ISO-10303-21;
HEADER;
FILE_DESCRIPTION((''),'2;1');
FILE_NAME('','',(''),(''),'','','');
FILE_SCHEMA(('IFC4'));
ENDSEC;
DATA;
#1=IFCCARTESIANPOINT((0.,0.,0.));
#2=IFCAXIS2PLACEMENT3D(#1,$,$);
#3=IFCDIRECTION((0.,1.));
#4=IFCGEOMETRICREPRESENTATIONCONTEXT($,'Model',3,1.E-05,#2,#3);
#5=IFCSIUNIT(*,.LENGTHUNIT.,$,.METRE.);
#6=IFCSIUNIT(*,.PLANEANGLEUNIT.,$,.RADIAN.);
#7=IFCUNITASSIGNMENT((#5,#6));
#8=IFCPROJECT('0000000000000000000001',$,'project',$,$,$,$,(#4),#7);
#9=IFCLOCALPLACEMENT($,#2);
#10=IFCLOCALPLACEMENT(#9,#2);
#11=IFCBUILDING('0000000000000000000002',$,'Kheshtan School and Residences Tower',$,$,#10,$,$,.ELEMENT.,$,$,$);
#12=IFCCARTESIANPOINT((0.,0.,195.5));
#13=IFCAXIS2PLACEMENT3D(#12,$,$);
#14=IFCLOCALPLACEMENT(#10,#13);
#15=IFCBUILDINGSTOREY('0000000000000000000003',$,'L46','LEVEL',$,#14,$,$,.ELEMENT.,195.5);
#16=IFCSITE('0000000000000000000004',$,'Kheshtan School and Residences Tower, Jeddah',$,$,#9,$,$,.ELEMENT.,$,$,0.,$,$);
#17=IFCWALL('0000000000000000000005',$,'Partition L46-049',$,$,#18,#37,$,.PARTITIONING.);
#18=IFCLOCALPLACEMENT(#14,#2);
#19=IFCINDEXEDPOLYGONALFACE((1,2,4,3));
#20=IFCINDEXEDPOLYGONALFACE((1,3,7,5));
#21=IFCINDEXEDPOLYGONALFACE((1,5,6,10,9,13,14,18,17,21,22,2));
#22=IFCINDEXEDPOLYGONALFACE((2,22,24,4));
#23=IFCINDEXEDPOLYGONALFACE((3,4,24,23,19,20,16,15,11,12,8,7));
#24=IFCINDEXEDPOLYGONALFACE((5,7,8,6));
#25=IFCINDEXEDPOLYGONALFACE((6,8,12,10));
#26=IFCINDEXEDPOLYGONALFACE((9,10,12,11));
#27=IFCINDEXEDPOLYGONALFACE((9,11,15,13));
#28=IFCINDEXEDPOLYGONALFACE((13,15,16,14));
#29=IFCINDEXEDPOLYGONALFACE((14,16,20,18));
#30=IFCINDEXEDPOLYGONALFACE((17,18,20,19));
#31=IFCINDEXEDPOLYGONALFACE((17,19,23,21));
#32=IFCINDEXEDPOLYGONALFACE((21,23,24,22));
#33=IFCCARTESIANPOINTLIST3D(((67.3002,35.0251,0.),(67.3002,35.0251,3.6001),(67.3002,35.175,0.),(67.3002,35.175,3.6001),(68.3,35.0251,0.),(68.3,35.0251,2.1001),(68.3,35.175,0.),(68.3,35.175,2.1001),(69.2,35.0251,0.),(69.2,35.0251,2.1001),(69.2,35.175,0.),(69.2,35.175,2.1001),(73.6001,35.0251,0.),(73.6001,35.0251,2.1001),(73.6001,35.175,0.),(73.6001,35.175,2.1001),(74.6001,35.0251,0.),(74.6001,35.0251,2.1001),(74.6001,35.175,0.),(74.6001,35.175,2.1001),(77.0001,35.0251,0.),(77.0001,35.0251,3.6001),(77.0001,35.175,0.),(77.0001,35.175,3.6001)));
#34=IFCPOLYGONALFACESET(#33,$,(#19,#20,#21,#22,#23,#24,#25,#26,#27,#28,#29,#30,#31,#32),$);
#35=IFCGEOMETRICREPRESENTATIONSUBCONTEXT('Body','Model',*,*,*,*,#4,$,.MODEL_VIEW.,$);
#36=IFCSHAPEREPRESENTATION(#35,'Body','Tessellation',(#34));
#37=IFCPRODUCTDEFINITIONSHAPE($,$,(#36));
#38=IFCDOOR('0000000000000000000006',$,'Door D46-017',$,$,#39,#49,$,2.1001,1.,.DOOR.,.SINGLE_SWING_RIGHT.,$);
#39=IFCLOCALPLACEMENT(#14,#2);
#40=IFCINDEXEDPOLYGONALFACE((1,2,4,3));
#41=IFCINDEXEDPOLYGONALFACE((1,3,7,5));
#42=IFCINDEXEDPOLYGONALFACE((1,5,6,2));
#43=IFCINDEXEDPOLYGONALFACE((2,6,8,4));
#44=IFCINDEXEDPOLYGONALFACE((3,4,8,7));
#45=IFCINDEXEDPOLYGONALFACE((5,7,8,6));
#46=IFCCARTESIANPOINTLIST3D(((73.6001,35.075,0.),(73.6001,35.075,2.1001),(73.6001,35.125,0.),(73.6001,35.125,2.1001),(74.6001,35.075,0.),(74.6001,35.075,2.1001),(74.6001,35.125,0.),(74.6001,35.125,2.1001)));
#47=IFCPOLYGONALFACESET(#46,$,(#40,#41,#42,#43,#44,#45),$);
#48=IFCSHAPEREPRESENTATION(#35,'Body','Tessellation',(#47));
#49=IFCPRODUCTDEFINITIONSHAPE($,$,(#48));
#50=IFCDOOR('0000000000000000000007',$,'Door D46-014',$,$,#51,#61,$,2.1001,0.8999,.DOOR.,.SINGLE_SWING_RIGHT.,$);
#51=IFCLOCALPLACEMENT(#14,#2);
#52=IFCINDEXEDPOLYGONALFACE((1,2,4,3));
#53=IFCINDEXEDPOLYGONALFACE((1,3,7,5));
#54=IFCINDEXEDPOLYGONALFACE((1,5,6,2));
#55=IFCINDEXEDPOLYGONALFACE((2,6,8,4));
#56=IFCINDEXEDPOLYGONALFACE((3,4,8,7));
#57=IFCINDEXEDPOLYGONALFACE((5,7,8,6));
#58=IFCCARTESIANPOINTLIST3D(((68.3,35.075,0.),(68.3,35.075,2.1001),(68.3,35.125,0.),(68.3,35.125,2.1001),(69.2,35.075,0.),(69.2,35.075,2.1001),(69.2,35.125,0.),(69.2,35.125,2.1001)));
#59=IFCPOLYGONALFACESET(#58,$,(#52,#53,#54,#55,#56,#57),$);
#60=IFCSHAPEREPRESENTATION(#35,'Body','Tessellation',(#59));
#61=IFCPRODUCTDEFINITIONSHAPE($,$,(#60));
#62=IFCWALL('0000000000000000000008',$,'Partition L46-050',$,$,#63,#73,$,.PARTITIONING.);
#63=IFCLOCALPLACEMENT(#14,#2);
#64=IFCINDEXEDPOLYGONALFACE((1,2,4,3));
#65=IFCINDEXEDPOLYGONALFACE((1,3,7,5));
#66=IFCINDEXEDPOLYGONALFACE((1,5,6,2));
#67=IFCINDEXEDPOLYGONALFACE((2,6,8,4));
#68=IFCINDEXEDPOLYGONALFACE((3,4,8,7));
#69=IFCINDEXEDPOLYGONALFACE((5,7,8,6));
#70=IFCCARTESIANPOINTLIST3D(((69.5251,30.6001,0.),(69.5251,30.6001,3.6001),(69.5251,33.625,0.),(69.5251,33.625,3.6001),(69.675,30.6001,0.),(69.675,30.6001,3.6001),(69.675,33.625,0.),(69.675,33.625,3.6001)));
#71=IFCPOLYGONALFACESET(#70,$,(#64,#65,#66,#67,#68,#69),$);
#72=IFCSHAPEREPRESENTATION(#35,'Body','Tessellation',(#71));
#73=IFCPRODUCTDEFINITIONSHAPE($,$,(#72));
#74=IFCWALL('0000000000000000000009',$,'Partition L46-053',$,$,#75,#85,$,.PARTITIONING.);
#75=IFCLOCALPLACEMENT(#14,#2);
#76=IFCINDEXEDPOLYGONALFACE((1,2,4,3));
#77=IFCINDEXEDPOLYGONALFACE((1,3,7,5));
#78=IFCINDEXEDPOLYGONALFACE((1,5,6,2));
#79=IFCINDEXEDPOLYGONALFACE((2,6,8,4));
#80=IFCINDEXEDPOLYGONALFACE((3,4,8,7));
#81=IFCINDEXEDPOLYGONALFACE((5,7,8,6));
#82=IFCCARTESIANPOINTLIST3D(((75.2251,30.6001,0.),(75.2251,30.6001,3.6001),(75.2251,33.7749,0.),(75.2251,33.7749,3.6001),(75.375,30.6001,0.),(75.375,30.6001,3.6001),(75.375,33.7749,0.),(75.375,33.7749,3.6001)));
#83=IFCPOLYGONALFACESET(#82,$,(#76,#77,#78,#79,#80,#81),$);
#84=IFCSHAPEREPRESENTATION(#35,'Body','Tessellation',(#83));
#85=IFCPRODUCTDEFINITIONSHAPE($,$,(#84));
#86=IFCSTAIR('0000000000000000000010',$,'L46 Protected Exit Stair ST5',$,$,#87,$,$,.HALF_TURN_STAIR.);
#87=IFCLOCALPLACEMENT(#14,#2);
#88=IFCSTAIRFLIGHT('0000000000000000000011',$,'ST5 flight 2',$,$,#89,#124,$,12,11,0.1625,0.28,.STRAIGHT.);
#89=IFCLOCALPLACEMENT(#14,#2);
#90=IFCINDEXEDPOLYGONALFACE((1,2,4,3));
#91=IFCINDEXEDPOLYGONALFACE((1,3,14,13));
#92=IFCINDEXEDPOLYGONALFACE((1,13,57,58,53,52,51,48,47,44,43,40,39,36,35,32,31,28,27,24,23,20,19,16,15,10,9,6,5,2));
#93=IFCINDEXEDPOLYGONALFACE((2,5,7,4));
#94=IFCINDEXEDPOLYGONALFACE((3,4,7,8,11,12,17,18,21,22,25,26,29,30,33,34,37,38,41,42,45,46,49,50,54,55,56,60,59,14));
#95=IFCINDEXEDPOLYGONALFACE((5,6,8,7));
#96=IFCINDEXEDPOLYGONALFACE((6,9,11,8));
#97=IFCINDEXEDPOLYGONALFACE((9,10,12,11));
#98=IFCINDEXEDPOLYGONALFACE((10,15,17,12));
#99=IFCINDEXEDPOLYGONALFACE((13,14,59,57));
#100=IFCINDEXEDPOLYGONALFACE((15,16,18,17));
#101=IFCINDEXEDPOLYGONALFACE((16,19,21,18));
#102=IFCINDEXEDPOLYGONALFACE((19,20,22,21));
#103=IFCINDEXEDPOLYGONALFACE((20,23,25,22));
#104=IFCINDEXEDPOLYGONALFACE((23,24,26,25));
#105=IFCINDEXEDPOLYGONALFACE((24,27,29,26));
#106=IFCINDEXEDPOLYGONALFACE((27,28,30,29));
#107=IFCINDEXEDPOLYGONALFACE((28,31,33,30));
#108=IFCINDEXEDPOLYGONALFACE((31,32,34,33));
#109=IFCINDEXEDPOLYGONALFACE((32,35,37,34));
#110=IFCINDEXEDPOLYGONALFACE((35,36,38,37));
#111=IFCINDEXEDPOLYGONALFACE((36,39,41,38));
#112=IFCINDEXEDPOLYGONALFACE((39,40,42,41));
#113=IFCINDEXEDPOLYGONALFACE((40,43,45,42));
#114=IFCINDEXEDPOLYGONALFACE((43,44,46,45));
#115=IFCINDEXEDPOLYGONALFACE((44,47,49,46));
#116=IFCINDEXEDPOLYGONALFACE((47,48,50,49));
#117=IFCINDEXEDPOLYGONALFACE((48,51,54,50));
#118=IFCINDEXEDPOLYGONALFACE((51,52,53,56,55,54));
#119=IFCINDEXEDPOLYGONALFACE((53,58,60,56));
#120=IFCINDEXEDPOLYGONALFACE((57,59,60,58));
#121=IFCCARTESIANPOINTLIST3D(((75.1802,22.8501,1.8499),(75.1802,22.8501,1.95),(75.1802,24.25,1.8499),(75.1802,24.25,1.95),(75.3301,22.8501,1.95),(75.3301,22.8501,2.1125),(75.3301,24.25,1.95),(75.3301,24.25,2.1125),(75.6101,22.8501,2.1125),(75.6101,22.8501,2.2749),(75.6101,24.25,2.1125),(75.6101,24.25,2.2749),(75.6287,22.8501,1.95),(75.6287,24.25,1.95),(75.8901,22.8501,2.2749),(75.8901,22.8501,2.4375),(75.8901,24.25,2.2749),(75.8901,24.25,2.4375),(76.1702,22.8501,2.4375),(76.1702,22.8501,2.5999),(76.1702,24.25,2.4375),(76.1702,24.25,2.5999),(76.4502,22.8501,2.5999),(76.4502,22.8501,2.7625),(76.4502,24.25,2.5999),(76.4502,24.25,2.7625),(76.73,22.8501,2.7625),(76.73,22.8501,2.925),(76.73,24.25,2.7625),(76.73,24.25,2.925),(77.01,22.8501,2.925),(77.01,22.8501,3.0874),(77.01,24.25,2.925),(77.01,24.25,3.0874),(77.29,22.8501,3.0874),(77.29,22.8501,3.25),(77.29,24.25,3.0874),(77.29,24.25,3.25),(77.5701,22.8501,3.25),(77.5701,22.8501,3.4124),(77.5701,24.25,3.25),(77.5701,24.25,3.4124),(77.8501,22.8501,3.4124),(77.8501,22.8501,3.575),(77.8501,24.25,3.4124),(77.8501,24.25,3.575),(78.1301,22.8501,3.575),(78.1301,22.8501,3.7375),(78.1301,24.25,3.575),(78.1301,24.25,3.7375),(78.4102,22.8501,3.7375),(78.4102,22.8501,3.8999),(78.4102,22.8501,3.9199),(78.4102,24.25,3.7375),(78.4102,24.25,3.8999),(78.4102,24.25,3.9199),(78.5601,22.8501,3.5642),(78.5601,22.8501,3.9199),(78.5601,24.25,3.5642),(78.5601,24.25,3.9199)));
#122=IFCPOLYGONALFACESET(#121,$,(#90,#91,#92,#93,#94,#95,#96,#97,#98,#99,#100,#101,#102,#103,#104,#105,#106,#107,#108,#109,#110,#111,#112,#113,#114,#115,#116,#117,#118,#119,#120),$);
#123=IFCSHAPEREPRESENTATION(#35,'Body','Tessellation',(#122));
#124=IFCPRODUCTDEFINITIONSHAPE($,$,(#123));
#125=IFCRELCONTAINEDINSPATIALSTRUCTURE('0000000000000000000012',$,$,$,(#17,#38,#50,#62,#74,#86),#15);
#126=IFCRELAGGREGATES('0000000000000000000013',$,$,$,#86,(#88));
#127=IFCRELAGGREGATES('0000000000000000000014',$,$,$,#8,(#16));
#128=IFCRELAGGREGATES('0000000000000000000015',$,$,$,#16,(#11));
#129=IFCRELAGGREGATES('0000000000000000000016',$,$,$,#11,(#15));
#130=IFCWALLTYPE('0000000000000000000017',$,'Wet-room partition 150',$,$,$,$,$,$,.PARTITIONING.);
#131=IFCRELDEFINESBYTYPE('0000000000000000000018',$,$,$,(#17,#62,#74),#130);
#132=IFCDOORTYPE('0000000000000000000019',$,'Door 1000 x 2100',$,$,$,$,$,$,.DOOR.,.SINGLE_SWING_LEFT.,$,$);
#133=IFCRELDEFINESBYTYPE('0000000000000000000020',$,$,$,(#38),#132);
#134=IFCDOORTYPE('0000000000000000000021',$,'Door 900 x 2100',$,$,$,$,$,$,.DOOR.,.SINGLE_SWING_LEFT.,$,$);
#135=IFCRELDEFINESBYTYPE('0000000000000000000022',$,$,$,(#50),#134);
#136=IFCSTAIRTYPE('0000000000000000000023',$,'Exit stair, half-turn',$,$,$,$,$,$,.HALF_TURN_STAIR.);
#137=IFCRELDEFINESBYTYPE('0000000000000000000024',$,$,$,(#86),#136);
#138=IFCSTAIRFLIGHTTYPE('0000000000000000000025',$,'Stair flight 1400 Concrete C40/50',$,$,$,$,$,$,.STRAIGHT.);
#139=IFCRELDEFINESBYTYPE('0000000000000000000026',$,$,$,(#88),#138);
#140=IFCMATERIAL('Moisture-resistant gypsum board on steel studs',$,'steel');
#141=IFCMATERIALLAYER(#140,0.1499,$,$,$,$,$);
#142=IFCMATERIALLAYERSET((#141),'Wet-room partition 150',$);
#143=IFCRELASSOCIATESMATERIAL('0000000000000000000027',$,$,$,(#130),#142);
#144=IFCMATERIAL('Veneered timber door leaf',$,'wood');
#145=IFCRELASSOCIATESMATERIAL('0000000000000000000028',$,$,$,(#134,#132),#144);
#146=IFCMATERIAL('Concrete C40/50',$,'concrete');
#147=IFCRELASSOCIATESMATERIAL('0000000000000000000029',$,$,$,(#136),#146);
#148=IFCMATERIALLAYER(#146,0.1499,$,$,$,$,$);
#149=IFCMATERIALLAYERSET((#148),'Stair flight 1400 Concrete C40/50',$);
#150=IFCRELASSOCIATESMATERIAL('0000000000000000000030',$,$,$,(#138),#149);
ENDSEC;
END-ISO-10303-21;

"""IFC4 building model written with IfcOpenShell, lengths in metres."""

from ifc_helpers import new_model, si_unit, direction, frame, frame_2d, origin, place, context, subcontext, project, spatial, polyline, rectangle, outline, extrude, source, transform, mapped, material, layer, layer_set, type_object, element, fill, aggregate, save


model = new_model("IFC4")

# Units and contexts
model_context = context("Model", 3, precision=1e-05, world=origin(), true_north=direction((0.0, 1.0)))
body_context = subcontext(model_context, "Body", "Model", "MODEL_VIEW")
ifc_project = project(units=[si_unit("LENGTHUNIT", "METRE"), si_unit("PLANEANGLEUNIT", "RADIAN")], contexts=[model_context])

# Site, building, storey
site_placement = place(None, origin())
site = spatial("IfcSite", under=ifc_project, at=site_placement, Name="Kheshtan School and Residences Tower, Jeddah", CompositionType="ELEMENT", RefElevation=0.0)
building_placement = place(site_placement, origin())
building = spatial("IfcBuilding", under=site, at=building_placement, Name="Kheshtan School and Residences Tower", CompositionType="ELEMENT")
storey_placement = place(building_placement, frame((0.0, 0.0, 195.5)))
storey = spatial("IfcBuildingStorey", under=building, at=storey_placement, Name="L46", Description="LEVEL", CompositionType="ELEMENT", Elevation=195.5)

# Shared definitions
ifc_material_1 = material(Name="Concrete C40/50", Category="concrete")

# Shared definitions
ifc_material_2 = material(Name="Moisture-resistant gypsum board on steel studs", Category="steel")
ifc_layer_1 = layer(ifc_material_2, 0.1499)
ifc_layer_set_1 = layer_set([ifc_layer_1], Name="Wet-room partition 150")
wall_type_1 = type_object("IfcWallType", Name="Wet-room partition 150", PredefinedType="PARTITIONING", material=ifc_layer_set_1)

# Wall, openings, doors
ifc_material_3 = material(Name="Veneered timber door leaf", Category="wood")
door_type_1 = type_object("IfcDoorType", Name="Door 900 x 2100", OperationType="SINGLE_SWING_LEFT", PredefinedType="DOOR", material=ifc_material_3)
shared_shape_1 = source(origin(), body_context, "Body", "SweptSolid", [
    extrude(rectangle(XDim=0.8999, YDim=2.1001, at=frame_2d((0.45, 1.05))), frame((0.0, 0.0249, 0.0), z_axis=(0.0, -1.0, 0.0), x_axis=(1.0, 0.0, 0.0)), (0.0, 0.0, 1.0), 0.05),
])
wall_1_placement = place(storey_placement, frame((67.3, 35.1001, 0.0), z_axis=(0.0, 0.0, 1.0), x_axis=(1.0, 0.0, 0.0)))
wall_1 = element("IfcWall", 1, at=wall_1_placement, inside=storey, type_object=wall_type_1, Name="Partition L46-049", PredefinedType="PARTITIONING", context=body_context, shape_type="SweptSolid", body=[
    extrude(rectangle(XDim=9.7, YDim=0.1499, at=frame_2d((4.8501, 0.0))), origin(), (0.0, 0.0, 1.0), 3.6001),
])
opening_1_placement = place(wall_1_placement, frame((1.0, 0.0, 0.0)))
opening_1 = element("IfcOpeningElement", 2, at=opening_1_placement, cuts=wall_1, PredefinedType="OPENING", context=body_context, shape_type="SweptSolid", body=[
    extrude(rectangle(XDim=0.8999, YDim=2.1001, at=frame_2d((0.45, 1.05))), frame((0.0, 0.085, 0.0), z_axis=(0.0, -1.0, 0.0), x_axis=(1.0, 0.0, 0.0)), (0.0, 0.0, 1.0), 0.1699),
])
opening_2_placement = place(wall_1_placement, frame((6.3, 0.0, 0.0)))
opening_2 = element("IfcOpeningElement", 3, at=opening_2_placement, cuts=wall_1, PredefinedType="OPENING", context=body_context, shape_type="SweptSolid", body=[
    extrude(rectangle(XDim=1.0, YDim=2.1001, at=frame_2d((0.5, 1.05))), frame((0.0, 0.085, 0.0), z_axis=(0.0, -1.0, 0.0), x_axis=(1.0, 0.0, 0.0)), (0.0, 0.0, 1.0), 0.1699),
])
door_type_2 = type_object("IfcDoorType", Name="Door 1000 x 2100", OperationType="SINGLE_SWING_LEFT", PredefinedType="DOOR", material=ifc_material_3)
shared_shape_2 = source(origin(), body_context, "Body", "SweptSolid", [
    extrude(rectangle(XDim=1.0, YDim=2.1001, at=frame_2d((0.5, 1.05))), frame((0.0, 0.0249, 0.0), z_axis=(0.0, -1.0, 0.0), x_axis=(1.0, 0.0, 0.0)), (0.0, 0.0, 1.0), 0.05),
])
door_1_placement = place(opening_2_placement, origin())
door_1 = element("IfcDoor", 4, at=door_1_placement, inside=storey, type_object=door_type_2, Name="Door D46-017", OperationType="SINGLE_SWING_RIGHT", OverallHeight=2.1001, OverallWidth=1.0, PredefinedType="DOOR", context=body_context, shape_type="MappedRepresentation", body=[
    mapped(shared_shape_2, transform((0.0, 0.0, 0.0), x_axis=(1.0, 0.0, 0.0), y_axis=(0.0, 1.0, 0.0), z_axis=(0.0, 0.0, 1.0), scale=1.0)),
])
fill(opening_2, door_1)
door_2_placement = place(opening_1_placement, origin())
door_2 = element("IfcDoor", 5, at=door_2_placement, inside=storey, type_object=door_type_1, Name="Door D46-014", OperationType="SINGLE_SWING_RIGHT", OverallHeight=2.1001, OverallWidth=0.8999, PredefinedType="DOOR", context=body_context, shape_type="MappedRepresentation", body=[
    mapped(shared_shape_1, transform((0.0, 0.0, 0.0), x_axis=(1.0, 0.0, 0.0), y_axis=(0.0, 1.0, 0.0), z_axis=(0.0, 0.0, 1.0), scale=1.0)),
])
fill(opening_1, door_2)

# Walls
wall_2_placement = place(storey_placement, frame((69.6001, 30.6001, 0.0), z_axis=(0.0, 0.0, 1.0), x_axis=(0.0, 1.0, 0.0)))
element("IfcWall", 6, at=wall_2_placement, inside=storey, type_object=wall_type_1, Name="Partition L46-050", PredefinedType="PARTITIONING", context=body_context, shape_type="SweptSolid", body=[
    extrude(rectangle(XDim=3.0249, YDim=0.1499, at=frame_2d((1.5125, 0.0))), origin(), (0.0, 0.0, 1.0), 3.6001),
])
wall_3_placement = place(storey_placement, frame((75.3, 30.6001, 0.0), z_axis=(0.0, 0.0, 1.0), x_axis=(0.0, 1.0, 0.0)))
element("IfcWall", 7, at=wall_3_placement, inside=storey, type_object=wall_type_1, Name="Partition L46-053", PredefinedType="PARTITIONING", context=body_context, shape_type="SweptSolid", body=[
    extrude(rectangle(XDim=3.1748, YDim=0.1499, at=frame_2d((1.5874, 0.0))), origin(), (0.0, 0.0, 1.0), 3.6001),
])

# Stair, stair flight
stair_type = type_object("IfcStairType", Name="Exit stair, half-turn", PredefinedType="HALF_TURN_STAIR", material=ifc_material_1)
stair_placement = place(storey_placement, origin())
stair = element("IfcStair", 8, at=stair_placement, inside=storey, type_object=stair_type, Name="L46 Protected Exit Stair ST5", PredefinedType="HALF_TURN_STAIR")
ifc_layer_2 = layer(ifc_material_1, 0.1499)
ifc_layer_set_2 = layer_set([ifc_layer_2], Name="Stair flight 1400 Concrete C40/50")
stair_flight_type = type_object("IfcStairFlightType", Name="Stair flight 1400 Concrete C40/50", PredefinedType="STRAIGHT", material=ifc_layer_set_2)
stair_flight_placement = place(storey_placement, frame((75.3301, 23.55, 1.95), z_axis=(0.0, 0.0, 1.0), x_axis=(1.0, 0.0, 0.0)))
stair_flight = element("IfcStairFlight", 9, at=stair_flight_placement, type_object=stair_flight_type, Name="ST5 flight 2", NumberOfRisers=12, NumberOfTreads=11, PredefinedType="STRAIGHT", RiserHeight=0.1625, TreadLength=0.28, context=body_context, shape_type="SweptSolid", body=[
    extrude(outline(polyline([(-0.1499, -0.1001), (-0.1499, 0.0), (0.0, 0.0), (0.0, 0.1626), (0.28, 0.1626), (0.28, 0.325), (0.5601, 0.325), (0.5601, 0.4875), (0.8401, 0.4875), (0.8401, 0.6499), (1.1201, 0.6499), (1.1201, 0.8125), (1.3999, 0.8125), (1.3999, 0.9751), (1.6799, 0.9751), (1.6799, 1.1375), (1.96, 1.1375), (1.96, 1.3), (2.24, 1.3), (2.24, 1.4624), (2.52, 1.4624), (2.52, 1.625), (2.8, 1.625), (2.8, 1.7876), (3.0801, 1.7876), (3.0801, 1.95), (3.0801, 1.97), (3.23, 1.97), (3.23, 1.6143), (0.2986, 0.0), (-0.1499, -0.1001)])), frame((0.0, 0.7, 0.0), z_axis=(0.0, -1.0, 0.0), x_axis=(1.0, 0.0, 0.0)), (0.0, 0.0, 1.0), 1.3999),
])
aggregate(stair, [stair_flight])

save(model, "model.ifc")
